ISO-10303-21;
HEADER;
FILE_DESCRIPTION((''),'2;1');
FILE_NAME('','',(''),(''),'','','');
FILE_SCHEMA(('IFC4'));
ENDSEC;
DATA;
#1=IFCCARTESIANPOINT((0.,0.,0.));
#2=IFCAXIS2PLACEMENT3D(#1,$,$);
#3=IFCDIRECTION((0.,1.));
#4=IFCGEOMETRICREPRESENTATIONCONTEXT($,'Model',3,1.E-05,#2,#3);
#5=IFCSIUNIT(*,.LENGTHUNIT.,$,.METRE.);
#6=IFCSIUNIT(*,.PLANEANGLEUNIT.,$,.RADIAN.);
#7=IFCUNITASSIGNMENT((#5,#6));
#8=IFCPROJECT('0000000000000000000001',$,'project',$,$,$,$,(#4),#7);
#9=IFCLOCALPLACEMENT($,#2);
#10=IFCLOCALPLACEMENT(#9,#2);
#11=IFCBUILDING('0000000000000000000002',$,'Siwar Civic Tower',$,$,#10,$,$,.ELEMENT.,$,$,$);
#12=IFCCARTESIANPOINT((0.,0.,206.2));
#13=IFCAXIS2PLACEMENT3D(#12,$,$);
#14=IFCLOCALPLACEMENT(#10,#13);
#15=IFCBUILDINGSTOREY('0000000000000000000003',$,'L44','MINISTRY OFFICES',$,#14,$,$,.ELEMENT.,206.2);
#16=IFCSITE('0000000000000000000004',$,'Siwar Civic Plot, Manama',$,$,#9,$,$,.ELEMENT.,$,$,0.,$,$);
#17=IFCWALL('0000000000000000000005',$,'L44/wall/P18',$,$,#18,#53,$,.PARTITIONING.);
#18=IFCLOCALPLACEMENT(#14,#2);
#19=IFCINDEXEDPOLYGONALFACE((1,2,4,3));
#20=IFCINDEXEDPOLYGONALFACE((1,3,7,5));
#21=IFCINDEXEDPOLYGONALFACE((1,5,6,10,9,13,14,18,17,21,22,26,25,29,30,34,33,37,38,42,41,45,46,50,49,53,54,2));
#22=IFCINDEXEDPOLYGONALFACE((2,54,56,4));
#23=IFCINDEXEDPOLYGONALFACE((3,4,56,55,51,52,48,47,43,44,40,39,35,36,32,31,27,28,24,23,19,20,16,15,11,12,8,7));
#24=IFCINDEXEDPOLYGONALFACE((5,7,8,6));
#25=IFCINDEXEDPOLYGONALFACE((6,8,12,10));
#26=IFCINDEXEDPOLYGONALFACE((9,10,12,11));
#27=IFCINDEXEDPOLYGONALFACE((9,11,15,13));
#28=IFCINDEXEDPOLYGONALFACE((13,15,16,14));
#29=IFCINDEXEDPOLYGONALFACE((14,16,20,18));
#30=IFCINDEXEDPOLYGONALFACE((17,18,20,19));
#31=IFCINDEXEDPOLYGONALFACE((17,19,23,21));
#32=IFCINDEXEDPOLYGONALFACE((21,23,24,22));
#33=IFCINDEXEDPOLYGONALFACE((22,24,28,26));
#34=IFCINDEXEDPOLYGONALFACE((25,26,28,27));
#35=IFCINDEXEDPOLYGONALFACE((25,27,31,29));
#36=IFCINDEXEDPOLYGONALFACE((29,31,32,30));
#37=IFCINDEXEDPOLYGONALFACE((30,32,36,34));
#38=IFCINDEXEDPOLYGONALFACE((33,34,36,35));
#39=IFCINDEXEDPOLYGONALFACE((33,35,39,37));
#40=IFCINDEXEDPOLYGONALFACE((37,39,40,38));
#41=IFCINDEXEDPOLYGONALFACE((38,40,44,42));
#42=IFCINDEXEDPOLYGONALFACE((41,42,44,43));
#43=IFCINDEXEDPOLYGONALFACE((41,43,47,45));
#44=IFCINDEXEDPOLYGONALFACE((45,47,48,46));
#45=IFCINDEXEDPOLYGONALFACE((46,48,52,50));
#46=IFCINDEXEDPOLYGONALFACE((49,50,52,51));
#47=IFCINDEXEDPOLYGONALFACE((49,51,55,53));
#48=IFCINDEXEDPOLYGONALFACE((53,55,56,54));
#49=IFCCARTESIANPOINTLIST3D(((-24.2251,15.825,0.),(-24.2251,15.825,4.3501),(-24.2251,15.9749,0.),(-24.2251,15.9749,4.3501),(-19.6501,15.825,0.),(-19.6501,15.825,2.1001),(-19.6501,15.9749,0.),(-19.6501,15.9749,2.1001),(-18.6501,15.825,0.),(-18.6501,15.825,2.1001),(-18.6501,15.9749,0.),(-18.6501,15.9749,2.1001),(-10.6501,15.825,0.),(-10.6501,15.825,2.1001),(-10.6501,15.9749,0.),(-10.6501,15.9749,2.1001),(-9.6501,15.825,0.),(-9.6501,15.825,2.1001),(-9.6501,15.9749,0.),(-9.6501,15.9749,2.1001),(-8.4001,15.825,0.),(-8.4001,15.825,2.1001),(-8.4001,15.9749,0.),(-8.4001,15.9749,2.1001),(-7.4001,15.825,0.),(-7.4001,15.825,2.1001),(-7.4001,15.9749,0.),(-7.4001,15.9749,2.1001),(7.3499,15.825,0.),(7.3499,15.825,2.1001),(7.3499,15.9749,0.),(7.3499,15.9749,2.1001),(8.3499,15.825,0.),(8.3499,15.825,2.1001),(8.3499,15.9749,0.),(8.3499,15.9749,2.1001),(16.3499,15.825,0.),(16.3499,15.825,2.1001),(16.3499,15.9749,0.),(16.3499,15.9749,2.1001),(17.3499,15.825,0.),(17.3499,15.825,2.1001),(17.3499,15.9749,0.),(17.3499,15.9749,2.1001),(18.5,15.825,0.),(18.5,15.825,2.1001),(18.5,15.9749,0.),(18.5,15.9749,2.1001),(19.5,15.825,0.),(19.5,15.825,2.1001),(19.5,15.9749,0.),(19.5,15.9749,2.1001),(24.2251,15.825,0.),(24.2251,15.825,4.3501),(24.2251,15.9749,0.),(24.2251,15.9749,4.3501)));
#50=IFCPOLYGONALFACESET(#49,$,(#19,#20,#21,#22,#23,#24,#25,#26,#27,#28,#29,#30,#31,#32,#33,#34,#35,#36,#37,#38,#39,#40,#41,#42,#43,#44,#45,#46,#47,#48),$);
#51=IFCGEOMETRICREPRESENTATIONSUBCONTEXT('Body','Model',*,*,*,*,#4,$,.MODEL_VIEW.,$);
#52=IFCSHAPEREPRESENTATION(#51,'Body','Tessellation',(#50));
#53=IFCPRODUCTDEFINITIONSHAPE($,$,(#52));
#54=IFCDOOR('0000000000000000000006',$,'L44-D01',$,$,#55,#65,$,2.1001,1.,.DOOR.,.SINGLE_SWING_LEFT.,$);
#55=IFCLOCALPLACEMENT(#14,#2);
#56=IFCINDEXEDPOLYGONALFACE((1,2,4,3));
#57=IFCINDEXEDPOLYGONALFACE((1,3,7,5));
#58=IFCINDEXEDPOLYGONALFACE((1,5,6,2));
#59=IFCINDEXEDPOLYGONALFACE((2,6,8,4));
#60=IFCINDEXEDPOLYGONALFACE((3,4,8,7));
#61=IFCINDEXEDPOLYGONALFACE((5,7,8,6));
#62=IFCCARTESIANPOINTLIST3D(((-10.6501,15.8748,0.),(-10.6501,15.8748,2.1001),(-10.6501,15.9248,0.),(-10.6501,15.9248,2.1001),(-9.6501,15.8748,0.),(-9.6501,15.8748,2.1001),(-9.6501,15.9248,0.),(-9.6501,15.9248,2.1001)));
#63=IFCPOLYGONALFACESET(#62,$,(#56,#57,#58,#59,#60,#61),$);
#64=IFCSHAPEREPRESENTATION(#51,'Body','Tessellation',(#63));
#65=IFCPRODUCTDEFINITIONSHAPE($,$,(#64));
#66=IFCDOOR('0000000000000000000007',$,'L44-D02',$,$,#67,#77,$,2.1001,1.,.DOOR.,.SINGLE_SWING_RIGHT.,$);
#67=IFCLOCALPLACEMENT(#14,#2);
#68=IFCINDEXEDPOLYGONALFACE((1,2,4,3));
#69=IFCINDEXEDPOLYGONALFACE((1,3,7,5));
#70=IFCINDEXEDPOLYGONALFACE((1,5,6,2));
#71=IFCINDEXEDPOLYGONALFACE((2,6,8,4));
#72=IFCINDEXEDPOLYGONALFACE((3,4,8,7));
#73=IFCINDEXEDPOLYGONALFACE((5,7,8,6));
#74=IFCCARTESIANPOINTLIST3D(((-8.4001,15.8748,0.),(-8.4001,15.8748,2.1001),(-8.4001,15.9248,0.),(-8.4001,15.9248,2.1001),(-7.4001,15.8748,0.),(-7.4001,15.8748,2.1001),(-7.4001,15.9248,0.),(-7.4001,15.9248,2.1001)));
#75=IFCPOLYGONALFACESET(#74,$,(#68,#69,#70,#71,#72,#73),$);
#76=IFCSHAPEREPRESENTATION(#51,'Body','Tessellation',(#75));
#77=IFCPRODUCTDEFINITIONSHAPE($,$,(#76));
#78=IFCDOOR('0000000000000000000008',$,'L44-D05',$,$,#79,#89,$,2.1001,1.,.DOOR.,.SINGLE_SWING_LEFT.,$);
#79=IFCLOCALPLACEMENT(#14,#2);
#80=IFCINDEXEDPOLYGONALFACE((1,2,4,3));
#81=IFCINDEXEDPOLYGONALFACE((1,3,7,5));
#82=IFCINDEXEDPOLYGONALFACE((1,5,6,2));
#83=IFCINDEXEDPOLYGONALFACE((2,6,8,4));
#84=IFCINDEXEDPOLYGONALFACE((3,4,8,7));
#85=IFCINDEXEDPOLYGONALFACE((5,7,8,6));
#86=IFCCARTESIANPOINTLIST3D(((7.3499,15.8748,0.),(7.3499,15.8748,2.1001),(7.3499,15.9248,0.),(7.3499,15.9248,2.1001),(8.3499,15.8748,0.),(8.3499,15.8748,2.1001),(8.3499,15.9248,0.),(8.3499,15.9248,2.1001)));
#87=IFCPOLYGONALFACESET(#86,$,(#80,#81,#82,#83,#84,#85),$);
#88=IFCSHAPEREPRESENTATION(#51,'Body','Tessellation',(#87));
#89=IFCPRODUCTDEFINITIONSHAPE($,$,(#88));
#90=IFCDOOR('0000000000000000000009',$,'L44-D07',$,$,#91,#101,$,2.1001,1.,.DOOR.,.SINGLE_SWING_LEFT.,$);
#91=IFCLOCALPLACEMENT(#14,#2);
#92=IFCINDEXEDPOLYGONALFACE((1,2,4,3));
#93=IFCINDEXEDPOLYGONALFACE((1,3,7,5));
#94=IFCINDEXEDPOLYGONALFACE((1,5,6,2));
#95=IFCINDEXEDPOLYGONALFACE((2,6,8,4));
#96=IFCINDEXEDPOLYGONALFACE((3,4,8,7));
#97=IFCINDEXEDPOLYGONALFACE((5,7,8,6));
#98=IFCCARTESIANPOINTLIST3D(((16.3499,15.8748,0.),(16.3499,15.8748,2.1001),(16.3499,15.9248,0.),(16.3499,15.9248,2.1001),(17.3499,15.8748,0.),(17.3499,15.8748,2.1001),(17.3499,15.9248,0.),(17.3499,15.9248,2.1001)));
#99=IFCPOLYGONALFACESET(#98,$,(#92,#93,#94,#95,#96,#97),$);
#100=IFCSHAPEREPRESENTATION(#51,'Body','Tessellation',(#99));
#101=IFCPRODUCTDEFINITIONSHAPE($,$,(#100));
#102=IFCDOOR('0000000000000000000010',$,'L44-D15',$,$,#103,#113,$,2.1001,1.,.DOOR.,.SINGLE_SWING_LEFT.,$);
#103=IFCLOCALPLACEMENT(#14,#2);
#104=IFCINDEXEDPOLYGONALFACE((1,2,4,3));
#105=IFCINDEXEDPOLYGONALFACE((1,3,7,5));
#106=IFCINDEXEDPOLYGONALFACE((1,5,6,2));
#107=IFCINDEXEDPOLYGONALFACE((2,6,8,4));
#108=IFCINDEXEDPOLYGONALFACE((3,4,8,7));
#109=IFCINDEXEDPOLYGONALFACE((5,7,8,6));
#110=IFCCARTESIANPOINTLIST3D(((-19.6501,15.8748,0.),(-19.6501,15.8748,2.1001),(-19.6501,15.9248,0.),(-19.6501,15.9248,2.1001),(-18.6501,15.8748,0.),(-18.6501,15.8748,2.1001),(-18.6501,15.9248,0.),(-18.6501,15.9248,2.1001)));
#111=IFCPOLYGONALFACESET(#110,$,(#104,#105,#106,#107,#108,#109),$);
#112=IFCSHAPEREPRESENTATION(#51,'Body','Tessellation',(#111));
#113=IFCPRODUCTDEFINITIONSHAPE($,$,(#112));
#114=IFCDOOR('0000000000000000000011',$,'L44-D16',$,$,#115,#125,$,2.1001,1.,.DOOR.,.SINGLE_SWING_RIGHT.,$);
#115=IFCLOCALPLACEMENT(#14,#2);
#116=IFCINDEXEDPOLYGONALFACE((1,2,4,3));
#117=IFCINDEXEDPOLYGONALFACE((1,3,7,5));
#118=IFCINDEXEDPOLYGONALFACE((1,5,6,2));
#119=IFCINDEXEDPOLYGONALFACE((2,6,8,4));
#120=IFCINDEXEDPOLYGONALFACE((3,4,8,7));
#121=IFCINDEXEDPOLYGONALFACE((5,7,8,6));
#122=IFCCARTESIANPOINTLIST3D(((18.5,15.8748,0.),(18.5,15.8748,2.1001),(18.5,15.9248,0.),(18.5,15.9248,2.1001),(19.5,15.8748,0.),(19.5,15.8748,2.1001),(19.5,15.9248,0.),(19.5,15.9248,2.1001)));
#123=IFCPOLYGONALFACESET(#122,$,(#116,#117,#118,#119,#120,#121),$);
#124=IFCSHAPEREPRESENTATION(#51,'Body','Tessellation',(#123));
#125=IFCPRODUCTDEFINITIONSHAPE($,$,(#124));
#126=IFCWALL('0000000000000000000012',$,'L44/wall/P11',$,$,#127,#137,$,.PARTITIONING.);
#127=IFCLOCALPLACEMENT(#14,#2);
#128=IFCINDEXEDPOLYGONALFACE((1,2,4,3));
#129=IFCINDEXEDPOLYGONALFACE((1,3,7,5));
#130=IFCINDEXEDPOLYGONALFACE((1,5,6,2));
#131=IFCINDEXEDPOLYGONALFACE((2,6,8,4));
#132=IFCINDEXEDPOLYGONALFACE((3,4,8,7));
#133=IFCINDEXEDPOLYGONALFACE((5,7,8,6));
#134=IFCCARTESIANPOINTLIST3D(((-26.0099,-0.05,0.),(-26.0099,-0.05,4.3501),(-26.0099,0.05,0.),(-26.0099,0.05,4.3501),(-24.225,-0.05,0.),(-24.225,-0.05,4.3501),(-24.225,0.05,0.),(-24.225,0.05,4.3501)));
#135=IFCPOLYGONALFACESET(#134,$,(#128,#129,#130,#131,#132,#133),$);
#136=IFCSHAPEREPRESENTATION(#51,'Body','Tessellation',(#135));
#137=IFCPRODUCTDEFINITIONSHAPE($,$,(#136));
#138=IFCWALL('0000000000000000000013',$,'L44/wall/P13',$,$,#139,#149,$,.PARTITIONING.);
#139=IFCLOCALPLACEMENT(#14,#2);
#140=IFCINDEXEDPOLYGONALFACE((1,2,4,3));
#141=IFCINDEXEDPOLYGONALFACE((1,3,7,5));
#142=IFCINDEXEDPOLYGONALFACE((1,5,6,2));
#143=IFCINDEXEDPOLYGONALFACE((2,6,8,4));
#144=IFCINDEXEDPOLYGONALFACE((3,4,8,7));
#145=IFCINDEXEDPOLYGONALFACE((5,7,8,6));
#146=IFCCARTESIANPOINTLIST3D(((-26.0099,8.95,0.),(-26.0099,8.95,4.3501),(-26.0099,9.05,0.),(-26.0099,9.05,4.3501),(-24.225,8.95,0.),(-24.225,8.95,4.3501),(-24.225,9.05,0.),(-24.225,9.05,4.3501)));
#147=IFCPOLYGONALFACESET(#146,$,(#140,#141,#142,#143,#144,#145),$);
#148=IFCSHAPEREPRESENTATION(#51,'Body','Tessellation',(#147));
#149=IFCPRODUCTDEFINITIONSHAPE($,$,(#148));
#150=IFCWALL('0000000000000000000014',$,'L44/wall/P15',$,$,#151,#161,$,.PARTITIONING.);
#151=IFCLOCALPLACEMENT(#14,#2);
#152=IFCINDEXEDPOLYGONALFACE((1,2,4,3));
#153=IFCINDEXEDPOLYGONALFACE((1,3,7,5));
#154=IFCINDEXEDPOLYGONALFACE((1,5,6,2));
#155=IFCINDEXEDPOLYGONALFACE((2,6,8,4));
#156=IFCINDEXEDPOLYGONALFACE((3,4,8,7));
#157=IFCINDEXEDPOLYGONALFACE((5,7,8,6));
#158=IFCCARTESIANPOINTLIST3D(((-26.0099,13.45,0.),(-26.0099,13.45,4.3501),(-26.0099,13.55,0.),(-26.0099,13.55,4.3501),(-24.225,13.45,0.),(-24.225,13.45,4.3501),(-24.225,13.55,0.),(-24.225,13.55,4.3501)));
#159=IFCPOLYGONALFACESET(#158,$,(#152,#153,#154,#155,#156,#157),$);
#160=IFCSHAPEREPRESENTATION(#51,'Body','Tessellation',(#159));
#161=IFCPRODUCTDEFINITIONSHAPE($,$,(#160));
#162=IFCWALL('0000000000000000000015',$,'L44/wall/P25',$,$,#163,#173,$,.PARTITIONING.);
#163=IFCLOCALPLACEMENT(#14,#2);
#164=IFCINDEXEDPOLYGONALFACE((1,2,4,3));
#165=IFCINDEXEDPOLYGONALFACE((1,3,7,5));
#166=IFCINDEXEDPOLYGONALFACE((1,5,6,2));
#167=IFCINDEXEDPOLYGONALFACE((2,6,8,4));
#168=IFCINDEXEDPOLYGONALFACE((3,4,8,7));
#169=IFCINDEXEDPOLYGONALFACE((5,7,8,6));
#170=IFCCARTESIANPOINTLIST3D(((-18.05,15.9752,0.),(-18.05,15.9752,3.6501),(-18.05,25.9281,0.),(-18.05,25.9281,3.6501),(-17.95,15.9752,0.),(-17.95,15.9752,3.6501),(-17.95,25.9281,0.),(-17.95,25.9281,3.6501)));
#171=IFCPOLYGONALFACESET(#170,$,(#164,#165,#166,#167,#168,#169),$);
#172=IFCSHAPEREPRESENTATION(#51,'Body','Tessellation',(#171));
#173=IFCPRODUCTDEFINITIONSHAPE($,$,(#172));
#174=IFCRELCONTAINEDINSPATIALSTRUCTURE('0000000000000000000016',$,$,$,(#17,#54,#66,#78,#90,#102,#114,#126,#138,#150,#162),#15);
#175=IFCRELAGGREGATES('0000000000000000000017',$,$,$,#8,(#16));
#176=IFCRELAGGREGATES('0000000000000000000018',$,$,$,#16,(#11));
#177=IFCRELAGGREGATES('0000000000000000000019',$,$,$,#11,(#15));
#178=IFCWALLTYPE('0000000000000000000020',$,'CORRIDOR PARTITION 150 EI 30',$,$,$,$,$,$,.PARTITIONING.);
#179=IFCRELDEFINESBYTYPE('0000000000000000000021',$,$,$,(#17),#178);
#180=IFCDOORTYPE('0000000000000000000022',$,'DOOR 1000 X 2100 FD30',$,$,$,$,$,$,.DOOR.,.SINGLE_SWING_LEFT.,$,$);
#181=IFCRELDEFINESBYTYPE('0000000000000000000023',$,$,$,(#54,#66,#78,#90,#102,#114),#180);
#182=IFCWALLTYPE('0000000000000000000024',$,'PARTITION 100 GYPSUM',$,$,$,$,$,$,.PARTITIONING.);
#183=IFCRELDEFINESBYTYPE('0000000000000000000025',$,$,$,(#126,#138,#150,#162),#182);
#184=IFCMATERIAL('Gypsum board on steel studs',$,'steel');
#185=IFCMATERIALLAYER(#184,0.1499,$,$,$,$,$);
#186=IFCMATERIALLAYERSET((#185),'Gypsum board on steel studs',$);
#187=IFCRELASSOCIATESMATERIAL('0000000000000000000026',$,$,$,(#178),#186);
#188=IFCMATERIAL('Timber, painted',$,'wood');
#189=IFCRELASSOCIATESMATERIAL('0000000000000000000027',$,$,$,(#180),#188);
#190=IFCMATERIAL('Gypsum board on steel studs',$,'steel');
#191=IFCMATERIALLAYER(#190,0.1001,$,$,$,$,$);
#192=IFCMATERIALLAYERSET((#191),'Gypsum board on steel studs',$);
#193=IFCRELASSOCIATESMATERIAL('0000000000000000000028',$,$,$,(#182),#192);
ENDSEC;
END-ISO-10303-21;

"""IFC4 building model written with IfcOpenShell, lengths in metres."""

from ifc_helpers import new_model, si_unit, direction, frame, frame_2d, origin, place, context, subcontext, project, spatial, rectangle, extrude, material, layer, layer_set, type_object, element, fill, save


model = new_model("IFC4")

# Units and contexts
model_context = context("Model", 3, precision=1e-05, world=origin(), true_north=direction((0.0, 1.0)))
body_context = subcontext(model_context, "Body", "Model", "MODEL_VIEW")
ifc_project = project(units=[si_unit("LENGTHUNIT", "METRE"), si_unit("PLANEANGLEUNIT", "RADIAN")], contexts=[model_context])

# Site, building, storey
site_placement = place(None, origin())
site = spatial("IfcSite", under=ifc_project, at=site_placement, Name="Siwar Civic Plot, Manama", CompositionType="ELEMENT", RefElevation=0.0)
building_placement = place(site_placement, origin())
building = spatial("IfcBuilding", under=site, at=building_placement, Name="Siwar Civic Tower", CompositionType="ELEMENT")
storey_placement = place(building_placement, frame((0.0, 0.0, 206.2)))
storey = spatial("IfcBuildingStorey", under=building, at=storey_placement, Name="L44", Description="MINISTRY OFFICES", CompositionType="ELEMENT", Elevation=206.2)

# Wall, openings, doors
ifc_material_1 = material(Name="Gypsum board on steel studs", Category="steel")
ifc_layer_1 = layer(ifc_material_1, 0.1499)
ifc_layer_set_1 = layer_set([ifc_layer_1], Name="Gypsum board on steel studs")
wall_type_1 = type_object("IfcWallType", Name="CORRIDOR PARTITION 150 EI 30", PredefinedType="PARTITIONING", material=ifc_layer_set_1)
wall_1_placement = place(storey_placement, frame((-24.2251, 15.8999, 0.0), z_axis=(0.0, 0.0, 1.0), x_axis=(1.0, 0.0, 0.0)))
wall_1 = element("IfcWall", 1, at=wall_1_placement, inside=storey, type_object=wall_type_1, Name="L44/wall/P18", PredefinedType="PARTITIONING", context=body_context, shape_type="SweptSolid", body=[
    extrude(rectangle(XDim=48.4502, YDim=0.1499, at=frame_2d((24.2251, 0.0))), origin(), (0.0, 0.0, 1.0), 4.3501),
])
opening_1_placement = place(wall_1_placement, frame((13.575, 0.0, 0.0)))
opening_1 = element("IfcOpeningElement", 2, at=opening_1_placement, cuts=wall_1, PredefinedType="OPENING", context=body_context, shape_type="SweptSolid", body=[
    extrude(rectangle(XDim=1.0, YDim=2.1001, at=frame_2d((0.5, 1.05))), frame((0.0, 0.085, 0.0), z_axis=(0.0, -1.0, 0.0), x_axis=(1.0, 0.0, 0.0)), (0.0, 0.0, 1.0), 0.1699),
])
opening_2_placement = place(wall_1_placement, frame((15.825, 0.0, 0.0)))
opening_2 = element("IfcOpeningElement", 3, at=opening_2_placement, cuts=wall_1, PredefinedType="OPENING", context=body_context, shape_type="SweptSolid", body=[
    extrude(rectangle(XDim=1.0, YDim=2.1001, at=frame_2d((0.5, 1.05))), frame((0.0, 0.085, 0.0), z_axis=(0.0, -1.0, 0.0), x_axis=(1.0, 0.0, 0.0)), (0.0, 0.0, 1.0), 0.1699),
])
opening_3_placement = place(wall_1_placement, frame((31.575, 0.0, 0.0)))
opening_3 = element("IfcOpeningElement", 4, at=opening_3_placement, cuts=wall_1, PredefinedType="OPENING", context=body_context, shape_type="SweptSolid", body=[
    extrude(rectangle(XDim=1.0, YDim=2.1001, at=frame_2d((0.5, 1.05))), frame((0.0, 0.085, 0.0), z_axis=(0.0, -1.0, 0.0), x_axis=(1.0, 0.0, 0.0)), (0.0, 0.0, 1.0), 0.1699),
])
opening_4_placement = place(wall_1_placement, frame((40.575, 0.0, 0.0)))
opening_4 = element("IfcOpeningElement", 5, at=opening_4_placement, cuts=wall_1, PredefinedType="OPENING", context=body_context, shape_type="SweptSolid", body=[
    extrude(rectangle(XDim=1.0, YDim=2.1001, at=frame_2d((0.5, 1.05))), frame((0.0, 0.085, 0.0), z_axis=(0.0, -1.0, 0.0), x_axis=(1.0, 0.0, 0.0)), (0.0, 0.0, 1.0), 0.1699),
])
opening_5_placement = place(wall_1_placement, frame((4.575, 0.0, 0.0)))
opening_5 = element("IfcOpeningElement", 6, at=opening_5_placement, cuts=wall_1, PredefinedType="OPENING", context=body_context, shape_type="SweptSolid", body=[
    extrude(rectangle(XDim=1.0, YDim=2.1001, at=frame_2d((0.5, 1.05))), frame((0.0, 0.085, 0.0), z_axis=(0.0, -1.0, 0.0), x_axis=(1.0, 0.0, 0.0)), (0.0, 0.0, 1.0), 0.1699),
])
opening_6_placement = place(wall_1_placement, frame((42.7251, 0.0, 0.0)))
opening_6 = element("IfcOpeningElement", 7, at=opening_6_placement, cuts=wall_1, PredefinedType="OPENING", context=body_context, shape_type="SweptSolid", body=[
    extrude(rectangle(XDim=1.0, YDim=2.1001, at=frame_2d((0.5, 1.05))), frame((0.0, 0.085, 0.0), z_axis=(0.0, -1.0, 0.0), x_axis=(1.0, 0.0, 0.0)), (0.0, 0.0, 1.0), 0.1699),
])
ifc_material_2 = material(Name="Timber, painted", Category="wood")
door_type = type_object("IfcDoorType", Name="DOOR 1000 X 2100 FD30", OperationType="SINGLE_SWING_LEFT", PredefinedType="DOOR", material=ifc_material_2)
door_1_placement = place(opening_1_placement, origin())
door_1 = element("IfcDoor", 8, at=door_1_placement, inside=storey, type_object=door_type, Name="L44-D01", OperationType="SINGLE_SWING_LEFT", OverallHeight=2.1001, OverallWidth=1.0, PredefinedType="DOOR", context=body_context, shape_type="SweptSolid", body=[
    extrude(rectangle(XDim=1.0, YDim=2.1001, at=frame_2d((0.5, 1.05))), frame((0.0, 0.0249, 0.0), z_axis=(0.0, -1.0, 0.0), x_axis=(1.0, 0.0, 0.0)), (0.0, 0.0, 1.0), 0.05),
])
fill(opening_1, door_1)
door_2_placement = place(opening_2_placement, origin())
door_2 = element("IfcDoor", 9, at=door_2_placement, inside=storey, type_object=door_type, Name="L44-D02", OperationType="SINGLE_SWING_RIGHT", OverallHeight=2.1001, OverallWidth=1.0, PredefinedType="DOOR", context=body_context, shape_type="SweptSolid", body=[
    extrude(rectangle(XDim=1.0, YDim=2.1001, at=frame_2d((0.5, 1.05))), frame((0.0, 0.0249, 0.0), z_axis=(0.0, -1.0, 0.0), x_axis=(1.0, 0.0, 0.0)), (0.0, 0.0, 1.0), 0.05),
])
fill(opening_2, door_2)
door_3_placement = place(opening_3_placement, origin())
door_3 = element("IfcDoor", 10, at=door_3_placement, inside=storey, type_object=door_type, Name="L44-D05", OperationType="SINGLE_SWING_LEFT", OverallHeight=2.1001, OverallWidth=1.0, PredefinedType="DOOR", context=body_context, shape_type="SweptSolid", body=[
    extrude(rectangle(XDim=1.0, YDim=2.1001, at=frame_2d((0.5, 1.05))), frame((0.0, 0.0249, 0.0), z_axis=(0.0, -1.0, 0.0), x_axis=(1.0, 0.0, 0.0)), (0.0, 0.0, 1.0), 0.05),
])
fill(opening_3, door_3)
door_4_placement = place(opening_4_placement, origin())
door_4 = element("IfcDoor", 11, at=door_4_placement, inside=storey, type_object=door_type, Name="L44-D07", OperationType="SINGLE_SWING_LEFT", OverallHeight=2.1001, OverallWidth=1.0, PredefinedType="DOOR", context=body_context, shape_type="SweptSolid", body=[
    extrude(rectangle(XDim=1.0, YDim=2.1001, at=frame_2d((0.5, 1.05))), frame((0.0, 0.0249, 0.0), z_axis=(0.0, -1.0, 0.0), x_axis=(1.0, 0.0, 0.0)), (0.0, 0.0, 1.0), 0.05),
])
fill(opening_4, door_4)
door_5_placement = place(opening_5_placement, origin())
door_5 = element("IfcDoor", 12, at=door_5_placement, inside=storey, type_object=door_type, Name="L44-D15", OperationType="SINGLE_SWING_LEFT", OverallHeight=2.1001, OverallWidth=1.0, PredefinedType="DOOR", context=body_context, shape_type="SweptSolid", body=[
    extrude(rectangle(XDim=1.0, YDim=2.1001, at=frame_2d((0.5, 1.05))), frame((0.0, 0.0249, 0.0), z_axis=(0.0, -1.0, 0.0), x_axis=(1.0, 0.0, 0.0)), (0.0, 0.0, 1.0), 0.05),
])
fill(opening_5, door_5)
door_6_placement = place(opening_6_placement, origin())
door_6 = element("IfcDoor", 13, at=door_6_placement, inside=storey, type_object=door_type, Name="L44-D16", OperationType="SINGLE_SWING_RIGHT", OverallHeight=2.1001, OverallWidth=1.0, PredefinedType="DOOR", context=body_context, shape_type="SweptSolid", body=[
    extrude(rectangle(XDim=1.0, YDim=2.1001, at=frame_2d((0.5, 1.05))), frame((0.0, 0.0249, 0.0), z_axis=(0.0, -1.0, 0.0), x_axis=(1.0, 0.0, 0.0)), (0.0, 0.0, 1.0), 0.05),
])
fill(opening_6, door_6)

# Walls
ifc_material_3 = material(Name="Gypsum board on steel studs", Category="steel")
ifc_layer_2 = layer(ifc_material_3, 0.1001)
ifc_layer_set_2 = layer_set([ifc_layer_2], Name="Gypsum board on steel studs")
wall_type_2 = type_object("IfcWallType", Name="PARTITION 100 GYPSUM", PredefinedType="PARTITIONING", material=ifc_layer_set_2)
for number, where, z_axis, x_axis, name in (
    (14, (-26.01, 0.0, 0.0), (0.0, 0.0, 1.0), (1.0, 0.0, 0.0), "L44/wall/P11"),
    (15, (-26.01, 9.0, 0.0), (0.0, 0.0, 1.0), (1.0, 0.0, 0.0), "L44/wall/P13"),
    (16, (-26.01, 13.5, 0.0), (0.0, 0.0, 1.0), (1.0, 0.0, 0.0), "L44/wall/P15"),
):
    element("IfcWall", number, at=place(storey_placement, frame(where, z_axis=z_axis, x_axis=x_axis)), inside=storey, type_object=wall_type_2, Name=name, PredefinedType="PARTITIONING", context=body_context, shape_type="SweptSolid", body=[
        extrude(rectangle(XDim=1.7849, YDim=0.1001, at=frame_2d((0.8926, 0.0))), origin(), (0.0, 0.0, 1.0), 4.3501),
    ])
wall_2_placement = place(storey_placement, frame((-18.0, 15.9751, 0.0), z_axis=(0.0, 0.0, 1.0), x_axis=(0.0, 1.0, 0.0)))
element("IfcWall", 17, at=wall_2_placement, inside=storey, type_object=wall_type_2, Name="L44/wall/P25", PredefinedType="PARTITIONING", context=body_context, shape_type="SweptSolid", body=[
    extrude(rectangle(XDim=9.9529, YDim=0.1001, at=frame_2d((4.9766, 0.0))), origin(), (0.0, 0.0, 1.0), 3.6501),
])

save(model, "model.ifc")
